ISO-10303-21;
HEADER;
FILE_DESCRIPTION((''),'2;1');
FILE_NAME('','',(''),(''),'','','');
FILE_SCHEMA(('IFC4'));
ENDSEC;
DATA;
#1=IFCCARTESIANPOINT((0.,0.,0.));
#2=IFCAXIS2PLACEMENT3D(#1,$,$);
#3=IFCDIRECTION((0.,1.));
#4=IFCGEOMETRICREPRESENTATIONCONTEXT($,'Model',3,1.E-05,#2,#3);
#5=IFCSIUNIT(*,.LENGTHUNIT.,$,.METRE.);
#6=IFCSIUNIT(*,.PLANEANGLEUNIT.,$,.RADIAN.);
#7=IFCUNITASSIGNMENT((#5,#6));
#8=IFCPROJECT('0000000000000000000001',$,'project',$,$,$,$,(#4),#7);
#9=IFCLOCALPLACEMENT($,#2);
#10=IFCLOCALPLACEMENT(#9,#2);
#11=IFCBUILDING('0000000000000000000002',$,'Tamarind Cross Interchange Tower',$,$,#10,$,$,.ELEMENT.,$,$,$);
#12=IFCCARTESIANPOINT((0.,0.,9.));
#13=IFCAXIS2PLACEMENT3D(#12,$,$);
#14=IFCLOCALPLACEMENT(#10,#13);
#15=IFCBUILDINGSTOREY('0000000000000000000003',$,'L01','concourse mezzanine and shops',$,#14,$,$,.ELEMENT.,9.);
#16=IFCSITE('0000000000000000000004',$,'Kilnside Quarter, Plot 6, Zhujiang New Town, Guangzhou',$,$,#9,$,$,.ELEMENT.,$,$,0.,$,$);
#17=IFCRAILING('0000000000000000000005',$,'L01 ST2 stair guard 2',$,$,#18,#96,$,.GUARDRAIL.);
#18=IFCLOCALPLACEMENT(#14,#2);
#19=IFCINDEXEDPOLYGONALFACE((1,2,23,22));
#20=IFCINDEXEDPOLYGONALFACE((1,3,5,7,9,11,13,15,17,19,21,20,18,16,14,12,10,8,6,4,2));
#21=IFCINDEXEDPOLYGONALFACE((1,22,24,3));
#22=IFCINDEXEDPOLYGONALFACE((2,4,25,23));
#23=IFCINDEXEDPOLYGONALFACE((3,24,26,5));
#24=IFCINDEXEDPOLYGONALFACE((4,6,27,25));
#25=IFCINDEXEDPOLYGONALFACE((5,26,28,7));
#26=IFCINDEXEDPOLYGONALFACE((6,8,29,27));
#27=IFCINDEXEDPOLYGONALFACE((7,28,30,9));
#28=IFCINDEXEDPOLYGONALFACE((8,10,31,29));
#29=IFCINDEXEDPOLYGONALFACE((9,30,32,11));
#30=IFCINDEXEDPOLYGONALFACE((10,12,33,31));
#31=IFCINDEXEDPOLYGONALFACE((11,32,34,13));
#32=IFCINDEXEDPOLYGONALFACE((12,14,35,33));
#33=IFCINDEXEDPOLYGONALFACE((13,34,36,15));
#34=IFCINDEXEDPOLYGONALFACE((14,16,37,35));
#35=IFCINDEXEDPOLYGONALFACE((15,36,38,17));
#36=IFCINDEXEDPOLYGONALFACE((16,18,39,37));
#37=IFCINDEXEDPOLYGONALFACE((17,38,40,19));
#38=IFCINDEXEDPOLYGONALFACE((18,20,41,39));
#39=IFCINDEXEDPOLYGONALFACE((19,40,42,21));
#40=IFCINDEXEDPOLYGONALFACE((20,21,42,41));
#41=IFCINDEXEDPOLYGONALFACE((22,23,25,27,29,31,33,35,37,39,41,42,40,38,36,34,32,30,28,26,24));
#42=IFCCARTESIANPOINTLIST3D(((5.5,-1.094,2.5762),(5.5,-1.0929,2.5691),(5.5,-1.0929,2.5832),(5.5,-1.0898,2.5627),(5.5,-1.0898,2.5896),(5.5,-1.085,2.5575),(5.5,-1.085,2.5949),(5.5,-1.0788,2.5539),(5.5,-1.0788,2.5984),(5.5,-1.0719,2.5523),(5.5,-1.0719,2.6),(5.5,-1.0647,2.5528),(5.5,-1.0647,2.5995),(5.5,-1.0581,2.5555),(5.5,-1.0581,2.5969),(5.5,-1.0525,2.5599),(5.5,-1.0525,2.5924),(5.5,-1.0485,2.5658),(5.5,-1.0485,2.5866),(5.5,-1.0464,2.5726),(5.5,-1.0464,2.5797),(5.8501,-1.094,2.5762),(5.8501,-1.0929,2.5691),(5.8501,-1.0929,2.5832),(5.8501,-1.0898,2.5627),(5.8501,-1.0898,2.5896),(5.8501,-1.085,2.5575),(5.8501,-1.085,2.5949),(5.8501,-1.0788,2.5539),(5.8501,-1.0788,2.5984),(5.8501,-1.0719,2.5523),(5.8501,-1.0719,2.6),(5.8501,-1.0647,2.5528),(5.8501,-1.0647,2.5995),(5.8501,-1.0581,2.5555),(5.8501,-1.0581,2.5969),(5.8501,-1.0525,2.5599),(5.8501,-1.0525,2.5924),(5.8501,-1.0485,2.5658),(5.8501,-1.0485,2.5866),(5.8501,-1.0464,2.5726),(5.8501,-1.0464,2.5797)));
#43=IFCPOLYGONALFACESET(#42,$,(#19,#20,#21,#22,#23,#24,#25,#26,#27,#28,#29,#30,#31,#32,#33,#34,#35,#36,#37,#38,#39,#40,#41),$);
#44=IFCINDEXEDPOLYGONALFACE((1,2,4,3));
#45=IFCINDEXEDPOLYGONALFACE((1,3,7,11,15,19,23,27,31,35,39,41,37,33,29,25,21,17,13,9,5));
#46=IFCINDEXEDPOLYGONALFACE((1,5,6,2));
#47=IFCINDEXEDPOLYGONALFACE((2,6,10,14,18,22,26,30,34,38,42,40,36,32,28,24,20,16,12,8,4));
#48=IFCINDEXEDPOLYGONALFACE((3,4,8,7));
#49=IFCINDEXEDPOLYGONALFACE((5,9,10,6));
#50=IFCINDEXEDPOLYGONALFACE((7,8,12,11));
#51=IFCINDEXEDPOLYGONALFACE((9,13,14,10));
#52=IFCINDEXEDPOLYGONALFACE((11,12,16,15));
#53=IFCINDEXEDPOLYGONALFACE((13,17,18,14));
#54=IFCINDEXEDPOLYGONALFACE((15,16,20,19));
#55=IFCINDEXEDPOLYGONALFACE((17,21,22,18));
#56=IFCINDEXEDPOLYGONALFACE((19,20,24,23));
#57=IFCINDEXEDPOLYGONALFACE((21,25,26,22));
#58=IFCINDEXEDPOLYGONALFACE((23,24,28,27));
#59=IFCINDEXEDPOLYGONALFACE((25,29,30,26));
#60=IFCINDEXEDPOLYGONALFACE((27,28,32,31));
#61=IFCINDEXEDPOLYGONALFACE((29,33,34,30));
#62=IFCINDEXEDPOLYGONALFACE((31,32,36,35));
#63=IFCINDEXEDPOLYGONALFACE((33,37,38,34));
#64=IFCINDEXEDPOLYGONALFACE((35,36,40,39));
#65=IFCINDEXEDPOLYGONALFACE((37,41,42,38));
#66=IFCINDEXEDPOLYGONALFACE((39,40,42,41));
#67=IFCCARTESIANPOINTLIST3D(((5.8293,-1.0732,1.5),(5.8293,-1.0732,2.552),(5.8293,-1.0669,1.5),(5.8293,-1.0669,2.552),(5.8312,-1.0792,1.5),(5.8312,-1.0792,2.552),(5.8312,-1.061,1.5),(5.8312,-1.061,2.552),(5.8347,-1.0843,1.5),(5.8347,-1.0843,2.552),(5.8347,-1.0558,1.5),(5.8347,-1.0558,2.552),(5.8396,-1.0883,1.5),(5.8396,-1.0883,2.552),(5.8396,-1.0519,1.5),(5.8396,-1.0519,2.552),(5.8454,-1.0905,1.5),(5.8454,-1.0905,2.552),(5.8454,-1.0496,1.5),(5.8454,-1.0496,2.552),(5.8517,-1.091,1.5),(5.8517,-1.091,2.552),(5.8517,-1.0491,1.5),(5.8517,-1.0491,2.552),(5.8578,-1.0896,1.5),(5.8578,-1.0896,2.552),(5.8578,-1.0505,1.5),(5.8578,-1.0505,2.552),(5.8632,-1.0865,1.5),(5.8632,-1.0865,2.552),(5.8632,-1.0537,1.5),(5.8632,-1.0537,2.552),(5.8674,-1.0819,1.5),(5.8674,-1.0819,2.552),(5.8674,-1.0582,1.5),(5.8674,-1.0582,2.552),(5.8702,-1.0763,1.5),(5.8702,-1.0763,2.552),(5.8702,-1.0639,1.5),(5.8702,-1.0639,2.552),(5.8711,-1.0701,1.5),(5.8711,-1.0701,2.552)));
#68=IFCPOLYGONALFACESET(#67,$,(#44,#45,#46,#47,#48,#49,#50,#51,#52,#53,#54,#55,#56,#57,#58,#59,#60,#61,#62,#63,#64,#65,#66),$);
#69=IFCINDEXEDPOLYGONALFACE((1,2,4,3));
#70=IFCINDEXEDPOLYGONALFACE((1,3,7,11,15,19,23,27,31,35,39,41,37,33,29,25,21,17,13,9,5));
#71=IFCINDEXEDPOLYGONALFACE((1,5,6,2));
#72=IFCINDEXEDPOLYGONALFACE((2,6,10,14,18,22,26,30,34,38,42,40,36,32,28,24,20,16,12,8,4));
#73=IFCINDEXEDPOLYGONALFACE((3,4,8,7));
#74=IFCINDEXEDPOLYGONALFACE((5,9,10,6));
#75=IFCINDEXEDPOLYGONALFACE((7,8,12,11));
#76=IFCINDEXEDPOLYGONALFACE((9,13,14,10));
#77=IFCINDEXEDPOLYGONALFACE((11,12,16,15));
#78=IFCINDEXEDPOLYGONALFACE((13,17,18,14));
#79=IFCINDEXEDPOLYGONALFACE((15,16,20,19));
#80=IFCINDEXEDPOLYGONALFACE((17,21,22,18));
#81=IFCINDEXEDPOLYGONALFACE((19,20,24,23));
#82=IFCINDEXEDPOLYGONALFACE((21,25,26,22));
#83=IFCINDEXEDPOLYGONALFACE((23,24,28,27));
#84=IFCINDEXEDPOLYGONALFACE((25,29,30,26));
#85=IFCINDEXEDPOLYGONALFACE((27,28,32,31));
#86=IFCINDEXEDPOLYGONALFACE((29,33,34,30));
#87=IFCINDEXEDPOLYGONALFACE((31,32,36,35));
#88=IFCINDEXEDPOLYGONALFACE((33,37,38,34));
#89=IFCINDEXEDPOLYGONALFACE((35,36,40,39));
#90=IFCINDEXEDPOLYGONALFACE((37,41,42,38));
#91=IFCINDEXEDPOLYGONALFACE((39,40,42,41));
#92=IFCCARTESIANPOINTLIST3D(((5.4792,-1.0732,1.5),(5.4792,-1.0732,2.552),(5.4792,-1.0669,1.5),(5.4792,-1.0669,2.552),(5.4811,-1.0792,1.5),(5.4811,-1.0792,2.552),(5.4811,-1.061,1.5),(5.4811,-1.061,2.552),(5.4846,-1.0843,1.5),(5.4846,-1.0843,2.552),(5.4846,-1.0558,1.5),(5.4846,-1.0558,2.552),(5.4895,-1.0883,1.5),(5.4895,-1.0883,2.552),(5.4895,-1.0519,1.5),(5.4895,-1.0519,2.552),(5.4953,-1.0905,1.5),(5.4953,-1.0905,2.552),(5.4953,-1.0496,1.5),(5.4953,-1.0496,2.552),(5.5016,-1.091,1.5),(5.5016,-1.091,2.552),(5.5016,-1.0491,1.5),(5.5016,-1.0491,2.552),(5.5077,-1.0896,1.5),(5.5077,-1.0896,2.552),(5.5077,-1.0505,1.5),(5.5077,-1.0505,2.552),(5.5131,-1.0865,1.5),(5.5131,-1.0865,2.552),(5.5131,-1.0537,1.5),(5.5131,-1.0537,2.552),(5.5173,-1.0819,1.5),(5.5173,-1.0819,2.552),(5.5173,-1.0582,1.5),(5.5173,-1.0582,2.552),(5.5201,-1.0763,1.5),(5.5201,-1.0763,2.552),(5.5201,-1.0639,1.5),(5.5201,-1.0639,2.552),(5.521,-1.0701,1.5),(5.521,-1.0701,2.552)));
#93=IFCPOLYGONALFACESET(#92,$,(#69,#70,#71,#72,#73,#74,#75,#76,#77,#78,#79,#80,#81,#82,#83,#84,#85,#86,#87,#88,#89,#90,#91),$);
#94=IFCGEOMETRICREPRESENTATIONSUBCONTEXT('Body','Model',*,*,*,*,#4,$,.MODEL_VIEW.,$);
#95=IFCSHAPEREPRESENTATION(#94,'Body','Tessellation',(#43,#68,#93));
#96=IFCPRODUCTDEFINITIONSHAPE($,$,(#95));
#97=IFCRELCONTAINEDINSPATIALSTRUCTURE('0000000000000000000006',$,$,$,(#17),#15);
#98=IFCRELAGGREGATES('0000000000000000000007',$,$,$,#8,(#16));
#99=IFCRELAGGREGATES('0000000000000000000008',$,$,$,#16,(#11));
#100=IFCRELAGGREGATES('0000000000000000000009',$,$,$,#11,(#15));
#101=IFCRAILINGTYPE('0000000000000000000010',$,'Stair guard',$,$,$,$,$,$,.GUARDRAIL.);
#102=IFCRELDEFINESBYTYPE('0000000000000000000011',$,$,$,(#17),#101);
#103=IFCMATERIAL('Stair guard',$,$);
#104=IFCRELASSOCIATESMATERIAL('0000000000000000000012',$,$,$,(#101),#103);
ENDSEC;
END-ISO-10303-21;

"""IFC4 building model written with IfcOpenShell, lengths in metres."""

from ifc_helpers import new_model, si_unit, direction, frame, origin, origin_2d, place, context, subcontext, project, spatial, circle, extrude, material, type_object, element, save


model = new_model("IFC4")

# Units and contexts
model_context = context("Model", 3, precision=1e-05, world=origin(), true_north=direction((0.0, 1.0)))
body_context = subcontext(model_context, "Body", "Model", "MODEL_VIEW")
ifc_project = project(units=[si_unit("LENGTHUNIT", "METRE"), si_unit("PLANEANGLEUNIT", "RADIAN")], contexts=[model_context])

# Site, building, storey
site_placement = place(None, origin())
site = spatial("IfcSite", under=ifc_project, at=site_placement, Name="Kilnside Quarter, Plot 6, Zhujiang New Town, Guangzhou", CompositionType="ELEMENT", RefElevation=0.0)
building_placement = place(site_placement, origin())
building = spatial("IfcBuilding", under=site, at=building_placement, Name="Tamarind Cross Interchange Tower", CompositionType="ELEMENT")
storey_placement = place(building_placement, frame((0.0, 0.0, 9.0)))
storey = spatial("IfcBuildingStorey", under=building, at=storey_placement, Name="L01", Description="concourse mezzanine and shops", CompositionType="ELEMENT", Elevation=9.0)

# Railing
ifc_material_1 = material(Name="Stair guard")
railing_type = type_object("IfcRailingType", Name="Stair guard", PredefinedType="GUARDRAIL", material=ifc_material_1)
railing_1_placement = place(storey_placement, frame((5.8501, -1.0701, 1.5)))
element("IfcRailing", 1, at=railing_1_placement, inside=storey, type_object=railing_type, Name="L01 ST2 stair guard 2", PredefinedType="GUARDRAIL", context=body_context, shape_type="SweptSolid", body=[
    extrude(circle(Radius=0.0239, at=origin_2d()), frame((0.0, 0.0, 1.0762), z_axis=(-1.0, 0.0, 0.0), x_axis=(0.0, -1.0, 0.0)), (0.0, 0.0, 1.0), 0.3501),
    extrude(circle(Radius=0.021, at=origin_2d()), origin(), (0.0, 0.0, 1.0), 1.052),
    extrude(circle(Radius=0.021, at=origin_2d()), frame((-0.3501, 0.0, 0.0)), (0.0, 0.0, 1.0), 1.052),
])

save(model, "model.ifc")
